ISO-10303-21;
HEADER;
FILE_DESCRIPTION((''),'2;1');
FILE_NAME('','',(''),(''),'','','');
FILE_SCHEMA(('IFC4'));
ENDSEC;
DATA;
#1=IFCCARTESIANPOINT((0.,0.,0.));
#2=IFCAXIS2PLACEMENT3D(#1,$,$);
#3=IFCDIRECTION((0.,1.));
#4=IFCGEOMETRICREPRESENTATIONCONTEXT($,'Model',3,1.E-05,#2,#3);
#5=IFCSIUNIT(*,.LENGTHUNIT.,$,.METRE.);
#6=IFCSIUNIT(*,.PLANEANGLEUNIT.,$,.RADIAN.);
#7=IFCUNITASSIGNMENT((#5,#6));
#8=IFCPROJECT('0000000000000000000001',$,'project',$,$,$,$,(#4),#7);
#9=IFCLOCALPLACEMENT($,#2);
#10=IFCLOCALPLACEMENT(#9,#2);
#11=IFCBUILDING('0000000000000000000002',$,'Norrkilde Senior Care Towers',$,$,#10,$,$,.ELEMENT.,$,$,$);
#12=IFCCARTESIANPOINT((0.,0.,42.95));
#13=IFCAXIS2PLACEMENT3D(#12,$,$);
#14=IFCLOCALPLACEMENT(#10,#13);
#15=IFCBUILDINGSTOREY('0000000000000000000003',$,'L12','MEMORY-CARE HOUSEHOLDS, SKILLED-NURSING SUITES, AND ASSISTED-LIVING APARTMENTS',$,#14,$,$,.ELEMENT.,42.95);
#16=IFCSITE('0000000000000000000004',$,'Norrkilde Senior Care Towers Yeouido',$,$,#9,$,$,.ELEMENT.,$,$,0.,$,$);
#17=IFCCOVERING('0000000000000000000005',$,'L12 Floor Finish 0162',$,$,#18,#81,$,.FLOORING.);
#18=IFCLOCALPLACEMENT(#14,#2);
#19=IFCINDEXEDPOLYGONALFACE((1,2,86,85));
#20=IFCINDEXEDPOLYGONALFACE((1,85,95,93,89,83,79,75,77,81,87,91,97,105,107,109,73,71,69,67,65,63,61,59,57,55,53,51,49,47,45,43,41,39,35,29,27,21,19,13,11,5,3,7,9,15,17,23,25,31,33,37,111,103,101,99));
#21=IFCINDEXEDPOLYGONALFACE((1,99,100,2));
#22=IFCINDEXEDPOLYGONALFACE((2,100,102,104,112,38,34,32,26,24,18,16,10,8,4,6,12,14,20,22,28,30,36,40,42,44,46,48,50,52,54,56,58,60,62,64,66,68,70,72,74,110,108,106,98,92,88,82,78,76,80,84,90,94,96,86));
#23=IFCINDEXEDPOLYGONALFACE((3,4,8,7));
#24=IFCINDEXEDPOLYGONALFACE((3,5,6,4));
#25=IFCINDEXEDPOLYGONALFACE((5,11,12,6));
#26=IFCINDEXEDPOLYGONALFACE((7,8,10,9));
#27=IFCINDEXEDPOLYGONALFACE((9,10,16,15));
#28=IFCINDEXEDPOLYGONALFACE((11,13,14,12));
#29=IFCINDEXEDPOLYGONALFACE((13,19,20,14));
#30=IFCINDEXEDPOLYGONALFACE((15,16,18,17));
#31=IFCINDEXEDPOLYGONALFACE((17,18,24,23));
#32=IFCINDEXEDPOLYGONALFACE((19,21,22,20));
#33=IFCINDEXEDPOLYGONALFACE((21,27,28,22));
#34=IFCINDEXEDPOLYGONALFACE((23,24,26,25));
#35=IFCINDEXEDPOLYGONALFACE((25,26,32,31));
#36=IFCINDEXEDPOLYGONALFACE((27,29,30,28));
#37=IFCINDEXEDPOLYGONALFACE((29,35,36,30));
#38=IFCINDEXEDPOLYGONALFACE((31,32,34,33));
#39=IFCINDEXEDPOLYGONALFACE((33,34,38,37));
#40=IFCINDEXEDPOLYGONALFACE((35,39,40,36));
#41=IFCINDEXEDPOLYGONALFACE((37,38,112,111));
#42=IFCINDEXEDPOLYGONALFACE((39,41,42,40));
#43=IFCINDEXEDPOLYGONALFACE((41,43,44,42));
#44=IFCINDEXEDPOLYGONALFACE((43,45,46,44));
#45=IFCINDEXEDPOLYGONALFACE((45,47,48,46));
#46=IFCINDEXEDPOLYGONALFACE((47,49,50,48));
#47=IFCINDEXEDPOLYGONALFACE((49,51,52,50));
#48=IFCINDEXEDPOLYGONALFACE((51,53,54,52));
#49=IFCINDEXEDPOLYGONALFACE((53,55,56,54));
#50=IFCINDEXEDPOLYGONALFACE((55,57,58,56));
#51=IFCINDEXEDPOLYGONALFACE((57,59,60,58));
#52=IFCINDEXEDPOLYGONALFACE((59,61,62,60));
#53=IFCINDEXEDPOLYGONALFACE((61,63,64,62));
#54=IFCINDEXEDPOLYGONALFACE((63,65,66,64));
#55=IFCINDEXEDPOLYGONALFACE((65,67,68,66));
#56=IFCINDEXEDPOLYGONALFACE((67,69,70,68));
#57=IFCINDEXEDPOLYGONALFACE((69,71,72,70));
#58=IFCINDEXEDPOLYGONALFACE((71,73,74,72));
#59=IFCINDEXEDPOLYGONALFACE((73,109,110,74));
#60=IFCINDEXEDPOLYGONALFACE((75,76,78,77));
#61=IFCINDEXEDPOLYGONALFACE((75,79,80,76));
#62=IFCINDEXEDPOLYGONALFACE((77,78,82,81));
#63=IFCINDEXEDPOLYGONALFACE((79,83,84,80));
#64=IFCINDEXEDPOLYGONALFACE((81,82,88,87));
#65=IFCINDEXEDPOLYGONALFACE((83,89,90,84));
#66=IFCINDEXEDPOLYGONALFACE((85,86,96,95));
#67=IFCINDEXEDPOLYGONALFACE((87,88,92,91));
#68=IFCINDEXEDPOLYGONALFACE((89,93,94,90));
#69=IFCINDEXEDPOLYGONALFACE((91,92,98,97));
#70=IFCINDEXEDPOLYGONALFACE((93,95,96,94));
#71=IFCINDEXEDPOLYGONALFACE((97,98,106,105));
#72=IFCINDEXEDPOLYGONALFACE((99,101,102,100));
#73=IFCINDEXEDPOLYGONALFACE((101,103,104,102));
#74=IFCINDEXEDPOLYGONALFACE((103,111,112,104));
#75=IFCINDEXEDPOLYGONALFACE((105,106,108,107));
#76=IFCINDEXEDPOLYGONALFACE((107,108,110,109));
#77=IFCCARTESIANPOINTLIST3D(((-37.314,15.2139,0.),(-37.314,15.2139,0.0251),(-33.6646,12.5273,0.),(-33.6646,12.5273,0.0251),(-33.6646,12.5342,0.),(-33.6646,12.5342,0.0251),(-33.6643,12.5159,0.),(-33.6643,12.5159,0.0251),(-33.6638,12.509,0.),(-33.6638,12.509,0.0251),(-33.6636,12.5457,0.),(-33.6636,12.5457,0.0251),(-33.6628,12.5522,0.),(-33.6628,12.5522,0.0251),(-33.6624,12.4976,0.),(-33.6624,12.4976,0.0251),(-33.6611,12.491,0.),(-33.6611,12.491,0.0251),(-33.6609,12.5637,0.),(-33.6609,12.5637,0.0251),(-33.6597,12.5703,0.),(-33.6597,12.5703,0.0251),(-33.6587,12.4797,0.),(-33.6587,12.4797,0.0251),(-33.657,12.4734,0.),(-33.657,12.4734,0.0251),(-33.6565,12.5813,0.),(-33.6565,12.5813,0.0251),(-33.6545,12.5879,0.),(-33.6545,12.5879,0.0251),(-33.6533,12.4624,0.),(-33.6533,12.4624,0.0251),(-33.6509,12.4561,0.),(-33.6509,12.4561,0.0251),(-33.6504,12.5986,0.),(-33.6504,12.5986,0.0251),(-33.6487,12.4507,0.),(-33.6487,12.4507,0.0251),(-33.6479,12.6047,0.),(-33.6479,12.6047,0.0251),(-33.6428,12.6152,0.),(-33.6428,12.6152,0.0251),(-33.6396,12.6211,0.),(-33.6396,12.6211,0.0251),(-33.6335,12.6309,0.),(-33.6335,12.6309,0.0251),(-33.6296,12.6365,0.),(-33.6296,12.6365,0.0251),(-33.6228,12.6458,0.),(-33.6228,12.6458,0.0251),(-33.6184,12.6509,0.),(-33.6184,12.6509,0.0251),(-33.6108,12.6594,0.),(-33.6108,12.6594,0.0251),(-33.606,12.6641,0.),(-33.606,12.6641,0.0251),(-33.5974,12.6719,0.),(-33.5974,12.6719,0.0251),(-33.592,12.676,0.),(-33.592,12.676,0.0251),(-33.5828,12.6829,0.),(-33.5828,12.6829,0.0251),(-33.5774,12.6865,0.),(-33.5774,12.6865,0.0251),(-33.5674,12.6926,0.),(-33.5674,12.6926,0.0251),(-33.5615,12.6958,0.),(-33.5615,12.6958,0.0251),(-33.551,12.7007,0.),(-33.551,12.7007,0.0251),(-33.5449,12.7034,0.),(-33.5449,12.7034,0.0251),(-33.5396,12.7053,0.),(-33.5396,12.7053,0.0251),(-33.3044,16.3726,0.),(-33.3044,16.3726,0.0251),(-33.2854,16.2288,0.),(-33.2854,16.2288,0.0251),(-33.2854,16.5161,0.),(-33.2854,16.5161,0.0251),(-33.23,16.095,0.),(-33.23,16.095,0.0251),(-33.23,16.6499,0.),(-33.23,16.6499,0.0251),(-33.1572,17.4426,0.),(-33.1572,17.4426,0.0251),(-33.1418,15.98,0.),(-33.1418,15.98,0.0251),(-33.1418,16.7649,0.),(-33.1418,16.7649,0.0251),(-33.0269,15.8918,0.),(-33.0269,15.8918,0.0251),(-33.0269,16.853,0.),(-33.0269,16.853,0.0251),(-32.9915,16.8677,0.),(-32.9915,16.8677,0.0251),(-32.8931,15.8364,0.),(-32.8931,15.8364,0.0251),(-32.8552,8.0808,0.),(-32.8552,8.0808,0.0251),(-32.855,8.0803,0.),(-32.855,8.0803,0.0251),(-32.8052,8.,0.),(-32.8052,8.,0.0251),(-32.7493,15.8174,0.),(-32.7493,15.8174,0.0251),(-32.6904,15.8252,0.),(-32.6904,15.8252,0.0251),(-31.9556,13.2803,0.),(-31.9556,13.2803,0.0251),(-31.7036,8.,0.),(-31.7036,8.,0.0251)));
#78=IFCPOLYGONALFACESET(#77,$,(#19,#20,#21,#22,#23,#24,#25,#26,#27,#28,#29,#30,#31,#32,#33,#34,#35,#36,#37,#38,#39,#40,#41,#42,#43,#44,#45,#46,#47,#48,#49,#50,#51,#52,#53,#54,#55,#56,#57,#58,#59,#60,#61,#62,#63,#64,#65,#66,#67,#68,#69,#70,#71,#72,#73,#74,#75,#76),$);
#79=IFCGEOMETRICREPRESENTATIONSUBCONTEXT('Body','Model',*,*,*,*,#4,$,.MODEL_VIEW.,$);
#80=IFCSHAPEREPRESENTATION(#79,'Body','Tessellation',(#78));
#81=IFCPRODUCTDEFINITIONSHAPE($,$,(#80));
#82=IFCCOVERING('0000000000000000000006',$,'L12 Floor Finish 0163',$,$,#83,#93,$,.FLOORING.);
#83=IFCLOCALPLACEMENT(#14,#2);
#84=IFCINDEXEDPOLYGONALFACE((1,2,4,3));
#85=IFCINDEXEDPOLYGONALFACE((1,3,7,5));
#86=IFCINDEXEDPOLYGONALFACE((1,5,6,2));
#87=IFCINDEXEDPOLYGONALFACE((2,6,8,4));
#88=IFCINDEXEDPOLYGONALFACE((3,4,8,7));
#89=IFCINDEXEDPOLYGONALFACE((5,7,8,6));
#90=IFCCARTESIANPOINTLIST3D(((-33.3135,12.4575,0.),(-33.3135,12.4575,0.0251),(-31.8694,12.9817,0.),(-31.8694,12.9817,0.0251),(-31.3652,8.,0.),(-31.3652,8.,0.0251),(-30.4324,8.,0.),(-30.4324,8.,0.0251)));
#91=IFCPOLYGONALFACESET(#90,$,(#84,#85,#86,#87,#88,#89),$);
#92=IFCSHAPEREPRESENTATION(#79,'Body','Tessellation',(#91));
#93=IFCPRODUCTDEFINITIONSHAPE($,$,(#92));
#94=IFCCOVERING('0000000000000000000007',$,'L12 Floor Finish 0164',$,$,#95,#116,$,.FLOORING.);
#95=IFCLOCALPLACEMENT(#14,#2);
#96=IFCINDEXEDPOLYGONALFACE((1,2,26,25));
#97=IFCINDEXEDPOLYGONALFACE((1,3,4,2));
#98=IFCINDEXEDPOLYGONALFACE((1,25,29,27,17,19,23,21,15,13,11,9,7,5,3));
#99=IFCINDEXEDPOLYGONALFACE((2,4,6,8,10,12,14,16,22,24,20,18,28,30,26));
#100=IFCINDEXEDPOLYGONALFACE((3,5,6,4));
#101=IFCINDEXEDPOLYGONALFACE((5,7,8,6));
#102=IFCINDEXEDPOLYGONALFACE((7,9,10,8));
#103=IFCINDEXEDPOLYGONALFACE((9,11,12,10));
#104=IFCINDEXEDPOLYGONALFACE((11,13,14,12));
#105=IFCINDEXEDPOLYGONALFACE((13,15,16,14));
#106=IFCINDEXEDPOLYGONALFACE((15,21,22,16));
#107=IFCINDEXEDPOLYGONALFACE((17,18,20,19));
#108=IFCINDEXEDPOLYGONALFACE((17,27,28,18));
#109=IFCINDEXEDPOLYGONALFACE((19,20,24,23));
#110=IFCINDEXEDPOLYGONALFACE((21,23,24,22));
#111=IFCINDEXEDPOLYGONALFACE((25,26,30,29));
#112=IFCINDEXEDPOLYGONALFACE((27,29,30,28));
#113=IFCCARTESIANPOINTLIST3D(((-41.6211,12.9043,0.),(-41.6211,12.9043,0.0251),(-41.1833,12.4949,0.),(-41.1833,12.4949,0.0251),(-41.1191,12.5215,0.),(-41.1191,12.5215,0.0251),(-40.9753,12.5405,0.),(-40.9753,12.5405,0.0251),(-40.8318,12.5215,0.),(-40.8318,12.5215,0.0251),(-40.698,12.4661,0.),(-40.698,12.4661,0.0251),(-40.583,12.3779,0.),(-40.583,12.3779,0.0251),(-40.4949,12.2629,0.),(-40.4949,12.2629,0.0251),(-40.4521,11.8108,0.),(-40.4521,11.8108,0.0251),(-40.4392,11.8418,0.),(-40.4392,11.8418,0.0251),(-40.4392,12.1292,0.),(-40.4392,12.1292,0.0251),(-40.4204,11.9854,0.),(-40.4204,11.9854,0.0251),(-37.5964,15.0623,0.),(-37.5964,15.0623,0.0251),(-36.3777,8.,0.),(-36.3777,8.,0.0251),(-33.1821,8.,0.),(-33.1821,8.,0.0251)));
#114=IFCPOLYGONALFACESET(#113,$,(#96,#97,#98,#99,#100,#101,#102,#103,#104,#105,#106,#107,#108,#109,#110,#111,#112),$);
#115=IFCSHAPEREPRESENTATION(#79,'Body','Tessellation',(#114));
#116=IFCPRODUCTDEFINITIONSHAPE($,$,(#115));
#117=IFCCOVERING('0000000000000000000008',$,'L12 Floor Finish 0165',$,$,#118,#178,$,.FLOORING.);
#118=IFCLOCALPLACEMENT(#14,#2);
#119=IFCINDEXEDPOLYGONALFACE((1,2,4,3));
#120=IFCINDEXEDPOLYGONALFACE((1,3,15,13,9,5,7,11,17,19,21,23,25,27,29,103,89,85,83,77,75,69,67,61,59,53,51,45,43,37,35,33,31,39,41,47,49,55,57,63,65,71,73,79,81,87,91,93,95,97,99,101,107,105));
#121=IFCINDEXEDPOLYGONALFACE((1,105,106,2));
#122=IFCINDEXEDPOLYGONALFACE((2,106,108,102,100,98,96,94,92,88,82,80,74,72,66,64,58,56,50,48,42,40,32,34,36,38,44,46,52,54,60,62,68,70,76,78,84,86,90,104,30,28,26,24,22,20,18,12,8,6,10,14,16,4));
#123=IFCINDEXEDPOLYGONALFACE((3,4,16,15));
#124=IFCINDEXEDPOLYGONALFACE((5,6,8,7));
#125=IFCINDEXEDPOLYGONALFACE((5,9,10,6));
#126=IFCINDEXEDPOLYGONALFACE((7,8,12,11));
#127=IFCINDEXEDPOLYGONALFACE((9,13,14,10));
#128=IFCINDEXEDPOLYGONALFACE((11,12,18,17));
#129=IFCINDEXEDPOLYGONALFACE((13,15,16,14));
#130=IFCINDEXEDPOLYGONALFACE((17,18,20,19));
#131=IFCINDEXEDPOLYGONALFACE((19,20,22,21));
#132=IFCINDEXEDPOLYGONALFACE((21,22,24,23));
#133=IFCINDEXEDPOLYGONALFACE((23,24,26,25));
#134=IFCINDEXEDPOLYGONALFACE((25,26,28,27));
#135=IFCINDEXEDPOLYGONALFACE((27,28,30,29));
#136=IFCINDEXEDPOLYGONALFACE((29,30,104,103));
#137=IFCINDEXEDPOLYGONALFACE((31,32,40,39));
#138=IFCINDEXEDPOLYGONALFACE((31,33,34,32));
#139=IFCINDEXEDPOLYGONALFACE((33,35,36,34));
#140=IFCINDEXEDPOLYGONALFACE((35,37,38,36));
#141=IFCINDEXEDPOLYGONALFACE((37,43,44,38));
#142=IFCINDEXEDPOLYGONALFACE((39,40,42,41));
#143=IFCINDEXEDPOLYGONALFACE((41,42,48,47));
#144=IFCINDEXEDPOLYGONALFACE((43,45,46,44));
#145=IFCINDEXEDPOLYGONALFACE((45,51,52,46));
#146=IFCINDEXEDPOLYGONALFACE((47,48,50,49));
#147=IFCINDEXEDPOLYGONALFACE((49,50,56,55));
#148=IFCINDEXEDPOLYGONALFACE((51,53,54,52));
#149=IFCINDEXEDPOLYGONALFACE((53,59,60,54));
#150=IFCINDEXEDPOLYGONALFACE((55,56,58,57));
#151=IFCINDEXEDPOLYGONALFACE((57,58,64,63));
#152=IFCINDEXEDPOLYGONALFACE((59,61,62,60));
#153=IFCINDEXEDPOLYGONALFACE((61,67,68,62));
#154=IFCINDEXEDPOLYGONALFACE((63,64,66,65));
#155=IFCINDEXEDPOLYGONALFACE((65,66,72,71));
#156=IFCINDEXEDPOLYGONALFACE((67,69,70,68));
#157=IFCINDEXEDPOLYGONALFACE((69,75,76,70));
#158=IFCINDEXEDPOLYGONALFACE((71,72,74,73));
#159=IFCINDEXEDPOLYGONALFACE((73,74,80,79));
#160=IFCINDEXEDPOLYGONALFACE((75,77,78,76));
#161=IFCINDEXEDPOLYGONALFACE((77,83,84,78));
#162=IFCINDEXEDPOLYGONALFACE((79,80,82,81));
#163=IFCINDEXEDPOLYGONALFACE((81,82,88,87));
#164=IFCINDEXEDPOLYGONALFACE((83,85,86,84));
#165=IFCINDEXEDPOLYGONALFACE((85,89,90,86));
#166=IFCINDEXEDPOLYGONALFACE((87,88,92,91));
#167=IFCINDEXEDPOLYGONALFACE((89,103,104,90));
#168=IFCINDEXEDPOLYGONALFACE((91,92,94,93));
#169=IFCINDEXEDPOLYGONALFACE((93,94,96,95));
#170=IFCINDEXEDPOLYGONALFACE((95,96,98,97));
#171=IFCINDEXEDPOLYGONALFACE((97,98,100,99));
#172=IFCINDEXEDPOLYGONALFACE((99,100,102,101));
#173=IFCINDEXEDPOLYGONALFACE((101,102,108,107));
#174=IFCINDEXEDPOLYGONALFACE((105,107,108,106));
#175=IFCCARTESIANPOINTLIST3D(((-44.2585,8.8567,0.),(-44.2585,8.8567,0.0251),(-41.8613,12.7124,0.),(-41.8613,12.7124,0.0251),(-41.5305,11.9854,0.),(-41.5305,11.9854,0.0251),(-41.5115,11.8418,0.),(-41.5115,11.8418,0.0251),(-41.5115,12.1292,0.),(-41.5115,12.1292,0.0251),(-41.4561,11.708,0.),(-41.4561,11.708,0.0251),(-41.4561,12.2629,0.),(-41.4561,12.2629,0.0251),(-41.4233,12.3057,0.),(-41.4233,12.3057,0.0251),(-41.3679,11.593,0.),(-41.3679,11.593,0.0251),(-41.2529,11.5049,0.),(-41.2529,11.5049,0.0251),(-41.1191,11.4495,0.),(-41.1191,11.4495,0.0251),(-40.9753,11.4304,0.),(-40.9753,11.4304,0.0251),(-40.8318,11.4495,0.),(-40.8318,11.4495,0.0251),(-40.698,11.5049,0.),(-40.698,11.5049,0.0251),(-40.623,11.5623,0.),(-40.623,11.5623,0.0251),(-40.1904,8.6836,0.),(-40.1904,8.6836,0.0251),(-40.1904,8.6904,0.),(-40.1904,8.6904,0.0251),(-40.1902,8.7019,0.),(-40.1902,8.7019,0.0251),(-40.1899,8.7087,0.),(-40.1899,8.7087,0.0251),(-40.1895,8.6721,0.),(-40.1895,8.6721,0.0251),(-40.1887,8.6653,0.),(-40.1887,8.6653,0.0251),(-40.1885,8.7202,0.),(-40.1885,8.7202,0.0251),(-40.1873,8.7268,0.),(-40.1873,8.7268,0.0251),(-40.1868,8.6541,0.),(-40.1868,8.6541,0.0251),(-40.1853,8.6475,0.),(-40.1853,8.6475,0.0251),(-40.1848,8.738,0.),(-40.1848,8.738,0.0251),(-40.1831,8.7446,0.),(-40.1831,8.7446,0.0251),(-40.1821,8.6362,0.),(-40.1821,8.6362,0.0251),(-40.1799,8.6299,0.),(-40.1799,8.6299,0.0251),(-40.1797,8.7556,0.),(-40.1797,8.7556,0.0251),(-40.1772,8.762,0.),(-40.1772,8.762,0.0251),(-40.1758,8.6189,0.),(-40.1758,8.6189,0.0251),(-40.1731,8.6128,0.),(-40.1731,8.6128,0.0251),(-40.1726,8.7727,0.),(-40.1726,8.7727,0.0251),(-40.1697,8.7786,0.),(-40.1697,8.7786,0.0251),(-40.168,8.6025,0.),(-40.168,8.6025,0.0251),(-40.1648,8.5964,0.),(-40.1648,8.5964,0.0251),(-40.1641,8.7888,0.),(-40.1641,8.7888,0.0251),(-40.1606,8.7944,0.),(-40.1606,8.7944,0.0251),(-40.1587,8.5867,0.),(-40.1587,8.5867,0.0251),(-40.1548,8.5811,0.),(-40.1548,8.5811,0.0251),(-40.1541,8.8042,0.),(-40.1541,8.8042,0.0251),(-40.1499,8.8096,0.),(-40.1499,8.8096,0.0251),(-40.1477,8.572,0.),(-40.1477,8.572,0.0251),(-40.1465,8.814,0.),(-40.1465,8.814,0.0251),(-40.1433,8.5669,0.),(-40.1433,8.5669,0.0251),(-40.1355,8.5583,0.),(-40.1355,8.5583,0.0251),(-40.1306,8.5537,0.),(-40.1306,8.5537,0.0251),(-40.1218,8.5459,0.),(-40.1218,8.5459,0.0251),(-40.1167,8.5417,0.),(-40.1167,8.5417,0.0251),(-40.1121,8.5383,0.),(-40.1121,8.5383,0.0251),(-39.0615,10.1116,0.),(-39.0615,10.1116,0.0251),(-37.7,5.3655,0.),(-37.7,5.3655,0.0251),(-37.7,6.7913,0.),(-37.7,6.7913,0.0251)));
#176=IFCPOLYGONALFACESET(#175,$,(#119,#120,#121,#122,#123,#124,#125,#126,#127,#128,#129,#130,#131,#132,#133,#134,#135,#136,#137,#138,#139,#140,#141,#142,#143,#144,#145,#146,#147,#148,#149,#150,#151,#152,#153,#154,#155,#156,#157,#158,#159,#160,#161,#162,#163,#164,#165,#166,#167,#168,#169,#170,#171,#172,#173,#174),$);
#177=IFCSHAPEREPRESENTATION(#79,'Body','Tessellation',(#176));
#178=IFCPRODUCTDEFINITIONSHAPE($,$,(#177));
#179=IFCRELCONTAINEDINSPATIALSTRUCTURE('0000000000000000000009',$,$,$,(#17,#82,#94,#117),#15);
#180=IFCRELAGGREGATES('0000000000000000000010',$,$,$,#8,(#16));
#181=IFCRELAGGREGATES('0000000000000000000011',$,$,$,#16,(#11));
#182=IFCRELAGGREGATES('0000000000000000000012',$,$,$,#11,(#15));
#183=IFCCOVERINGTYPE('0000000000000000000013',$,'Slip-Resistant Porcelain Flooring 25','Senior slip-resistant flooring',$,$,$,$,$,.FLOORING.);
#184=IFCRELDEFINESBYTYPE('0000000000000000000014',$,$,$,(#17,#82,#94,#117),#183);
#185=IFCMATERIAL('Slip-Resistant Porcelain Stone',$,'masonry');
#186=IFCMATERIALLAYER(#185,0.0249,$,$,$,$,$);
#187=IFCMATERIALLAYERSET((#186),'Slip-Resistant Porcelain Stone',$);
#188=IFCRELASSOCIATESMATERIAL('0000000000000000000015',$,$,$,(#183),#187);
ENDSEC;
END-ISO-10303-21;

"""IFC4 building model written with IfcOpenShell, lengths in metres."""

from ifc_helpers import new_model, si_unit, direction, frame, origin, place, context, subcontext, project, spatial, polyline, outline, extrude, material, layer, layer_set, type_object, element, save


model = new_model("IFC4")

# Units and contexts
model_context = context("Model", 3, precision=1e-05, world=origin(), true_north=direction((0.0, 1.0)))
body_context = subcontext(model_context, "Body", "Model", "MODEL_VIEW")
ifc_project = project(units=[si_unit("LENGTHUNIT", "METRE"), si_unit("PLANEANGLEUNIT", "RADIAN")], contexts=[model_context])

# Site, building, storey
site_placement = place(None, origin())
site = spatial("IfcSite", under=ifc_project, at=site_placement, Name="Norrkilde Senior Care Towers Yeouido", CompositionType="ELEMENT", RefElevation=0.0)
building_placement = place(site_placement, origin())
building = spatial("IfcBuilding", under=site, at=building_placement, Name="Norrkilde Senior Care Towers", CompositionType="ELEMENT")
storey_placement = place(building_placement, frame((0.0, 0.0, 42.95)))
storey = spatial("IfcBuildingStorey", under=building, at=storey_placement, Name="L12", Description="MEMORY-CARE HOUSEHOLDS, SKILLED-NURSING SUITES, AND ASSISTED-LIVING APARTMENTS", CompositionType="ELEMENT", Elevation=42.95)

# Coverings
ifc_material_1 = material(Name="Slip-Resistant Porcelain Stone", Category="masonry")
ifc_layer_1 = layer(ifc_material_1, 0.0249)
ifc_layer_set_1 = layer_set([ifc_layer_1], Name="Slip-Resistant Porcelain Stone")
covering_type_1 = type_object("IfcCoveringType", Name="Slip-Resistant Porcelain Flooring 25", Description="Senior slip-resistant flooring", PredefinedType="FLOORING", material=ifc_layer_set_1)
covering_1_placement = place(storey_placement, origin())
element("IfcCovering", 1, at=covering_1_placement, inside=storey, type_object=covering_type_1, Name="L12 Floor Finish 0162", PredefinedType="FLOORING", context=body_context, shape_type="SweptSolid", body=[
    extrude(outline(polyline([(-33.5615, 12.6958), (-33.5674, 12.6926), (-33.5774, 12.6865), (-33.5828, 12.6829), (-33.592, 12.676), (-33.5974, 12.6719), (-33.606, 12.6641), (-33.6108, 12.6594), (-33.6184, 12.6509), (-33.6228, 12.6458), (-33.6296, 12.6365), (-33.6335, 12.6309), (-33.6396, 12.6211), (-33.6428, 12.6152), (-33.6479, 12.6047), (-33.6504, 12.5986), (-33.6545, 12.5879), (-33.6565, 12.5813), (-33.6597, 12.5703), (-33.6609, 12.5637), (-33.6628, 12.5522), (-33.6636, 12.5457), (-33.6646, 12.5342), (-33.6646, 12.5273), (-33.6643, 12.5159), (-33.6638, 12.509), (-33.6624, 12.4976), (-33.6611, 12.491), (-33.6587, 12.4797), (-33.657, 12.4734), (-33.6533, 12.4624), (-33.6509, 12.4561), (-33.6487, 12.4507), (-31.7036, 8.0), (-32.8052, 8.0), (-32.855, 8.0803), (-32.8552, 8.0808), (-37.314, 15.2139), (-33.1572, 17.4426), (-32.9915, 16.8677), (-33.0269, 16.853), (-33.1418, 16.7649), (-33.23, 16.6499), (-33.2854, 16.5161), (-33.3044, 16.3726), (-33.2854, 16.2288), (-33.23, 16.095), (-33.1418, 15.98), (-33.0269, 15.8918), (-32.8931, 15.8364), (-32.7493, 15.8174), (-32.6904, 15.8252), (-31.9556, 13.2803), (-33.5396, 12.7053), (-33.5449, 12.7034), (-33.551, 12.7007), (-33.5615, 12.6958)])), origin(), (0.0, 0.0, 1.0), 0.0251),
])
covering_2_placement = place(storey_placement, origin())
element("IfcCovering", 2, at=covering_2_placement, inside=storey, type_object=covering_type_1, Name="L12 Floor Finish 0163", PredefinedType="FLOORING", context=body_context, shape_type="SweptSolid", body=[
    extrude(outline(polyline([(-31.8694, 12.9817), (-30.4324, 8.0), (-31.3652, 8.0), (-33.3135, 12.4575), (-31.8694, 12.9817)])), origin(), (0.0, 0.0, 1.0), 0.0251),
])
covering_3_placement = place(storey_placement, origin())
element("IfcCovering", 3, at=covering_3_placement, inside=storey, type_object=covering_type_1, Name="L12 Floor Finish 0164", PredefinedType="FLOORING", context=body_context, shape_type="SweptSolid", body=[
    extrude(outline(polyline([(-36.3777, 8.0), (-40.4521, 11.8108), (-40.4392, 11.8418), (-40.4204, 11.9854), (-40.4392, 12.1292), (-40.4949, 12.2629), (-40.583, 12.3779), (-40.698, 12.4661), (-40.8318, 12.5215), (-40.9753, 12.5405), (-41.1191, 12.5215), (-41.1833, 12.4949), (-41.6211, 12.9043), (-37.5964, 15.0623), (-33.1821, 8.0), (-36.3777, 8.0)])), origin(), (0.0, 0.0, 1.0), 0.0251),
])
covering_4_placement = place(storey_placement, origin())
element("IfcCovering", 4, at=covering_4_placement, inside=storey, type_object=covering_type_1, Name="L12 Floor Finish 0165", PredefinedType="FLOORING", context=body_context, shape_type="SweptSolid", body=[
    extrude(outline(polyline([(-40.1606, 8.7944), (-40.1641, 8.7888), (-40.1697, 8.7786), (-40.1726, 8.7727), (-40.1772, 8.762), (-40.1797, 8.7556), (-40.1831, 8.7446), (-40.1848, 8.738), (-40.1873, 8.7268), (-40.1885, 8.7202), (-40.1899, 8.7087), (-40.1902, 8.7019), (-40.1904, 8.6904), (-40.1904, 8.6836), (-40.1895, 8.6721), (-40.1887, 8.6653), (-40.1868, 8.6541), (-40.1853, 8.6475), (-40.1821, 8.6362), (-40.1799, 8.6299), (-40.1758, 8.6189), (-40.1731, 8.6128), (-40.168, 8.6025), (-40.1648, 8.5964), (-40.1587, 8.5867), (-40.1548, 8.5811), (-40.1477, 8.572), (-40.1433, 8.5669), (-40.1355, 8.5583), (-40.1306, 8.5537), (-40.1218, 8.5459), (-40.1167, 8.5417), (-40.1121, 8.5383), (-37.7, 6.7913), (-37.7, 5.3655), (-44.2585, 8.8567), (-41.8613, 12.7124), (-41.4233, 12.3057), (-41.4561, 12.2629), (-41.5115, 12.1292), (-41.5305, 11.9854), (-41.5115, 11.8418), (-41.4561, 11.708), (-41.3679, 11.593), (-41.2529, 11.5049), (-41.1191, 11.4495), (-40.9753, 11.4304), (-40.8318, 11.4495), (-40.698, 11.5049), (-40.623, 11.5623), (-39.0615, 10.1116), (-40.1465, 8.814), (-40.1499, 8.8096), (-40.1541, 8.8042), (-40.1606, 8.7944)])), origin(), (0.0, 0.0, 1.0), 0.0251),
])

save(model, "model.ifc")
